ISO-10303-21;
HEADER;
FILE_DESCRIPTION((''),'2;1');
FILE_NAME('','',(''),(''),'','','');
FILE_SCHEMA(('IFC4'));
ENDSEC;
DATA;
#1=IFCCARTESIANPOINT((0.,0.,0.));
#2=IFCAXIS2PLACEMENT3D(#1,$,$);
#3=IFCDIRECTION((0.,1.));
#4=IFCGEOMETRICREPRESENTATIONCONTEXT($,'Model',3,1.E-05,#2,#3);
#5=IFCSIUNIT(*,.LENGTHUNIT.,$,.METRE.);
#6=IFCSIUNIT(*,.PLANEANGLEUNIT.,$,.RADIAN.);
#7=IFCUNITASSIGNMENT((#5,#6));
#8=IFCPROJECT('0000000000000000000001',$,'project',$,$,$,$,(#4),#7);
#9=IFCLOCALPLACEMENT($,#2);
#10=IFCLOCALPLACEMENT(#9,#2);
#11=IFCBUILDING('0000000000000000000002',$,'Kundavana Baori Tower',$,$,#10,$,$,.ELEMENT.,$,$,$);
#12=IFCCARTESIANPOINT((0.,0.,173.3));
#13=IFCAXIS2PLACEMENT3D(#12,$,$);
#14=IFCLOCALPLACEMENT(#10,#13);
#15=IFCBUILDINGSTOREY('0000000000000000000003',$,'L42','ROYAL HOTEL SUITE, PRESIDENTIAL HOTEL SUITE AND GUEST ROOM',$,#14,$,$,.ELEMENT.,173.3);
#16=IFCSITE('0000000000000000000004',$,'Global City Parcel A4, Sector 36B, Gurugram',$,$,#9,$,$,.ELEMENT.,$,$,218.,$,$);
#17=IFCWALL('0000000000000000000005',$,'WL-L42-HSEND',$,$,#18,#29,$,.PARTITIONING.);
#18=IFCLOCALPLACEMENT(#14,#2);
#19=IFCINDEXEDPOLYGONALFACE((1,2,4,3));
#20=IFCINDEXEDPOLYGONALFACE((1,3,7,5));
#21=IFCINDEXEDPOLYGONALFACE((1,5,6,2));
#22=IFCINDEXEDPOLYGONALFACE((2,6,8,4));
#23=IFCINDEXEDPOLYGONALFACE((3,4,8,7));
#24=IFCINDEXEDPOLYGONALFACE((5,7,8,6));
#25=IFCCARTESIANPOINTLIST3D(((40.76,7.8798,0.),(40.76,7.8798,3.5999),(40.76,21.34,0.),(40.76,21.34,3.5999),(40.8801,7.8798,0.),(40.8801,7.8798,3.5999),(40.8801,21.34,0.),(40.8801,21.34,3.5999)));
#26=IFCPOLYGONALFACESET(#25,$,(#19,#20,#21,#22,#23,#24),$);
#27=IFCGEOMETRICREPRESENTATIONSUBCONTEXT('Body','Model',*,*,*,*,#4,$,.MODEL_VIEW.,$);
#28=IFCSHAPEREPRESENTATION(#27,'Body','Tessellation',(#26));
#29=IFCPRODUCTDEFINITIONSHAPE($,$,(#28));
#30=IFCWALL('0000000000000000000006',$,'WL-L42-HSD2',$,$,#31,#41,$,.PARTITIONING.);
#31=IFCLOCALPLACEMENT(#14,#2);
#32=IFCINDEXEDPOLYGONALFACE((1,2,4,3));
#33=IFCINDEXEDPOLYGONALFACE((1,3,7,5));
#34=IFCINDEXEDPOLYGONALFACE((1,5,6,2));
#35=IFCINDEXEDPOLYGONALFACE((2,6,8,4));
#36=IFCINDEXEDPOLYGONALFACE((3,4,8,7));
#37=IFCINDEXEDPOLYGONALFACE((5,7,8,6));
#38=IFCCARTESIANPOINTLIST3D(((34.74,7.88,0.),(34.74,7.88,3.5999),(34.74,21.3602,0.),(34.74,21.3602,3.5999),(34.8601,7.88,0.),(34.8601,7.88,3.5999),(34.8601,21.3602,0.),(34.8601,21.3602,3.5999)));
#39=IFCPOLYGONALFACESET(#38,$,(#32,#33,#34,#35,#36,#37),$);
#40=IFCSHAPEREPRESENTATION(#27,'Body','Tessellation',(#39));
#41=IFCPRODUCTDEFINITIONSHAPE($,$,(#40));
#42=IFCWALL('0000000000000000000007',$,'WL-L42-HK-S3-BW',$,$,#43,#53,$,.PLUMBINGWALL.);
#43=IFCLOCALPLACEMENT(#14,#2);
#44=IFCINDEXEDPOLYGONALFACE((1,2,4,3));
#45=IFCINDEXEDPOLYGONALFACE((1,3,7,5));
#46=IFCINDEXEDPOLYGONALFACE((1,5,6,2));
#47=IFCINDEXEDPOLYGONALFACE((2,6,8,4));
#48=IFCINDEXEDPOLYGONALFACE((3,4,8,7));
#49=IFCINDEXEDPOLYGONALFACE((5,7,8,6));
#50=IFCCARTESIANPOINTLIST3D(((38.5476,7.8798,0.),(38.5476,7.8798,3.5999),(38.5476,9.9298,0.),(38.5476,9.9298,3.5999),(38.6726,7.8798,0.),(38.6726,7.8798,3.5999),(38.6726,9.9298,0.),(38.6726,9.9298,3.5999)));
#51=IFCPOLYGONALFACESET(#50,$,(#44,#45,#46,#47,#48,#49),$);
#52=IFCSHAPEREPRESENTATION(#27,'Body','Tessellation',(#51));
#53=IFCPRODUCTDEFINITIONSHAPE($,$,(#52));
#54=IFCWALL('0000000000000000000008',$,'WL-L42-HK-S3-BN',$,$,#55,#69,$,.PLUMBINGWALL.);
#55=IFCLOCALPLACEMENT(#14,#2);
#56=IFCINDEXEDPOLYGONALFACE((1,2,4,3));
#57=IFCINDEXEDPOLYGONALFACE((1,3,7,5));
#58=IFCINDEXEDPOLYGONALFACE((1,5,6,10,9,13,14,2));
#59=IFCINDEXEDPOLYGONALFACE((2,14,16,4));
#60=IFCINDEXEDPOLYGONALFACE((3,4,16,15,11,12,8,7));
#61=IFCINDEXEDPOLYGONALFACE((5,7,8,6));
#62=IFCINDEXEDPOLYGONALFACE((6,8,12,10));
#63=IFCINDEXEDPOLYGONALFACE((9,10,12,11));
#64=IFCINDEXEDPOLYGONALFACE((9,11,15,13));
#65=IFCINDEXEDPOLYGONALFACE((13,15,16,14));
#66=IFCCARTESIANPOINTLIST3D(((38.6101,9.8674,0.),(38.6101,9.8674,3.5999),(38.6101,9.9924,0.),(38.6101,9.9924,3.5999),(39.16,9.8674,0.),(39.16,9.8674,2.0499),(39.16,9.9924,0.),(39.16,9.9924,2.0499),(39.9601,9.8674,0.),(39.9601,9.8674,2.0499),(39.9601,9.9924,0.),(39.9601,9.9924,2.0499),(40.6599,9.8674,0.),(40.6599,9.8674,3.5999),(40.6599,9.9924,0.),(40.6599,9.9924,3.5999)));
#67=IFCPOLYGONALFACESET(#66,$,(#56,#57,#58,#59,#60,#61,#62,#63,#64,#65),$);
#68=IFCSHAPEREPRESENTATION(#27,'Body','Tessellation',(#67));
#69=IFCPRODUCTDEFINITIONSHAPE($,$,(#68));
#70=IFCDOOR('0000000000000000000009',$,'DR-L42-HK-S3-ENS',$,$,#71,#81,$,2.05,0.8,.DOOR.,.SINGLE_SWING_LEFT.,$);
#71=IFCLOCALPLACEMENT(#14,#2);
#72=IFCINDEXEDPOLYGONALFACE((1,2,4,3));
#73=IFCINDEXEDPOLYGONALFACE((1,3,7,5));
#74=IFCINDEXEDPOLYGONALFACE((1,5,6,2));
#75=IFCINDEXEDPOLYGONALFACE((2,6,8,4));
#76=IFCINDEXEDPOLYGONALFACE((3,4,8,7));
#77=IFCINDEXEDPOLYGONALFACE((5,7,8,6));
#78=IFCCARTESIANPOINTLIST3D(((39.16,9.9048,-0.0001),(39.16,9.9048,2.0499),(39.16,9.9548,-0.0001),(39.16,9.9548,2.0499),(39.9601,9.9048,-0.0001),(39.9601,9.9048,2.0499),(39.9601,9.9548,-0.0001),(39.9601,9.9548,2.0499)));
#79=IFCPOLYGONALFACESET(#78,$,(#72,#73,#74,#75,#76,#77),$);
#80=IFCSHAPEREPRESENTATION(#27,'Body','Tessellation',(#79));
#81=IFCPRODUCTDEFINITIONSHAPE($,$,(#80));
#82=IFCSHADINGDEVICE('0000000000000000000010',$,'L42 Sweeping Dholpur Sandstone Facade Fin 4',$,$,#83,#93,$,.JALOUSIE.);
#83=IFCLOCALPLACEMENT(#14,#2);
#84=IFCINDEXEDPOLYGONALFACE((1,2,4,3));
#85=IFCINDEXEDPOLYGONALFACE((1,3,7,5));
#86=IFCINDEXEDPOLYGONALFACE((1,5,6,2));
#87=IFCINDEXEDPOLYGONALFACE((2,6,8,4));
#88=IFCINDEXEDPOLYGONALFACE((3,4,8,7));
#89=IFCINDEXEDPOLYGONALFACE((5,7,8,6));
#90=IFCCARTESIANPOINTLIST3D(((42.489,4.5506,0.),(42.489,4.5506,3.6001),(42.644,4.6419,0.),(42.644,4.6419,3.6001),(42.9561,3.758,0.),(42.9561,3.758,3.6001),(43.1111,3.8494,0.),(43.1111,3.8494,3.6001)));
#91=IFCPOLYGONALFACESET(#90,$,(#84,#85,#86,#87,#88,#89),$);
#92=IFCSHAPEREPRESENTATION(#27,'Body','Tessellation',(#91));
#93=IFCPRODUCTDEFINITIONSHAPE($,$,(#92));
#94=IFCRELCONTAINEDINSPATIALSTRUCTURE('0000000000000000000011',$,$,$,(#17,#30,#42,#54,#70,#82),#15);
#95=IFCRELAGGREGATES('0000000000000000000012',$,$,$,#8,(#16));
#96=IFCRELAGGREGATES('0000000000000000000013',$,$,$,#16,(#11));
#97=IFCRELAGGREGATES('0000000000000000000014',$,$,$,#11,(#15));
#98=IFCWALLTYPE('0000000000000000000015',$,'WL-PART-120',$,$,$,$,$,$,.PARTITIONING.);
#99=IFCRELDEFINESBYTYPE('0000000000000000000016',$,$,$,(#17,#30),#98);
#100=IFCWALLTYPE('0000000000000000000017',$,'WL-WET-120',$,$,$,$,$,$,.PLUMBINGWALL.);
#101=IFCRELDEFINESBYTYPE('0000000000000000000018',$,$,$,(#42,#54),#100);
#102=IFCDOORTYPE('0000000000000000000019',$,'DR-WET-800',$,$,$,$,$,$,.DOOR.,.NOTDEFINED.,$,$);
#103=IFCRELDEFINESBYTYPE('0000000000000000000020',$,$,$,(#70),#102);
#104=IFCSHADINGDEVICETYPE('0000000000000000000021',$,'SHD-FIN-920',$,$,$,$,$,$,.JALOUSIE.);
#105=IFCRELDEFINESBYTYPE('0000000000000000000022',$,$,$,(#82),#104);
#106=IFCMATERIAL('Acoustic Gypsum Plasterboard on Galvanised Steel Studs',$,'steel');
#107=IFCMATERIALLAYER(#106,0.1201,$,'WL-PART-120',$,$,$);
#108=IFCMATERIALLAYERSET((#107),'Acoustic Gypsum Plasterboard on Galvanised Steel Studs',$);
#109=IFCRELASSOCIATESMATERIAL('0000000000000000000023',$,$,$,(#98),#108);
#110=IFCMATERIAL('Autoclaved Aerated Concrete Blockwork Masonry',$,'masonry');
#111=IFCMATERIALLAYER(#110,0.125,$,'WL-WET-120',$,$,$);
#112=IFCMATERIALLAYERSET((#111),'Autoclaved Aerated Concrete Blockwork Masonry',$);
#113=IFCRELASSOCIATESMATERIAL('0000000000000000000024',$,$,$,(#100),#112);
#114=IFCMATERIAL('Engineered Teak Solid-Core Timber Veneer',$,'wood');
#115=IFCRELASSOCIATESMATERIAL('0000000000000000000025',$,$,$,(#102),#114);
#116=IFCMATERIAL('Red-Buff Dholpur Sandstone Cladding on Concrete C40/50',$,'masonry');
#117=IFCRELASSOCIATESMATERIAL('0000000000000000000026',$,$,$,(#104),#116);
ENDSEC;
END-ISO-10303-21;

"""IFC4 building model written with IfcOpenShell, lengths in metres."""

from ifc_helpers import new_model, si_unit, direction, frame, frame_2d, origin, origin_2d, place, context, subcontext, project, spatial, rectangle, extrude, material, layer, layer_set, type_object, element, fill, save


model = new_model("IFC4")

# Units and contexts
model_context = context("Model", 3, precision=1e-05, world=origin(), true_north=direction((0.0, 1.0)))
body_context = subcontext(model_context, "Body", "Model", "MODEL_VIEW")
ifc_project = project(units=[si_unit("LENGTHUNIT", "METRE"), si_unit("PLANEANGLEUNIT", "RADIAN")], contexts=[model_context])

# Site, building, storey
site_placement = place(None, origin())
site = spatial("IfcSite", under=ifc_project, at=site_placement, Name="Global City Parcel A4, Sector 36B, Gurugram", CompositionType="ELEMENT", RefElevation=218.0)
building_placement = place(site_placement, origin())
building = spatial("IfcBuilding", under=site, at=building_placement, Name="Kundavana Baori Tower", CompositionType="ELEMENT")
storey_placement = place(building_placement, frame((0.0, 0.0, 173.3)))
storey = spatial("IfcBuildingStorey", under=building, at=storey_placement, Name="L42", Description="ROYAL HOTEL SUITE, PRESIDENTIAL HOTEL SUITE AND GUEST ROOM", CompositionType="ELEMENT", Elevation=173.3)

# Walls
ifc_material_1 = material(Name="Acoustic Gypsum Plasterboard on Galvanised Steel Studs", Category="steel")
ifc_layer_1 = layer(ifc_material_1, 0.1201, Name="WL-PART-120")
ifc_layer_set_1 = layer_set([ifc_layer_1], Name="Acoustic Gypsum Plasterboard on Galvanised Steel Studs")
wall_type_1 = type_object("IfcWallType", Name="WL-PART-120", PredefinedType="PARTITIONING", material=ifc_layer_set_1)
wall_1_placement = place(storey_placement, frame((40.8201, 7.8799, 0.0), z_axis=(0.0, 0.0, 1.0), x_axis=(0.0, 1.0, 0.0)))
element("IfcWall", 1, at=wall_1_placement, inside=storey, type_object=wall_type_1, Name="WL-L42-HSEND", PredefinedType="PARTITIONING", context=body_context, shape_type="SweptSolid", body=[
    extrude(rectangle(XDim=13.4602, YDim=0.1201, at=frame_2d((6.73, 0.0))), origin(), (0.0, 0.0, 1.0), 3.5999),
])
wall_2_placement = place(storey_placement, frame((34.8, 7.8799, 0.0), z_axis=(0.0, 0.0, 1.0), x_axis=(0.0, 1.0, 0.0)))
element("IfcWall", 2, at=wall_2_placement, inside=storey, type_object=wall_type_1, Name="WL-L42-HSD2", PredefinedType="PARTITIONING", context=body_context, shape_type="SweptSolid", body=[
    extrude(rectangle(XDim=13.4802, YDim=0.1201, at=frame_2d((6.7402, 0.0))), origin(), (0.0, 0.0, 1.0), 3.5999),
])
ifc_material_2 = material(Name="Autoclaved Aerated Concrete Blockwork Masonry", Category="masonry")
ifc_layer_2 = layer(ifc_material_2, 0.125, Name="WL-WET-120")
ifc_layer_set_2 = layer_set([ifc_layer_2], Name="Autoclaved Aerated Concrete Blockwork Masonry")
wall_type_2 = type_object("IfcWallType", Name="WL-WET-120", PredefinedType="PLUMBINGWALL", material=ifc_layer_set_2)
wall_3_placement = place(storey_placement, frame((38.6101, 7.8799, 0.0), z_axis=(0.0, 0.0, 1.0), x_axis=(0.0, 1.0, 0.0)))
element("IfcWall", 3, at=wall_3_placement, inside=storey, type_object=wall_type_2, Name="WL-L42-HK-S3-BW", PredefinedType="PLUMBINGWALL", context=body_context, shape_type="SweptSolid", body=[
    extrude(rectangle(XDim=2.05, YDim=0.125, at=frame_2d((1.0249, 0.0))), origin(), (0.0, 0.0, 1.0), 3.5999),
])

# Wall, opening, door
wall_4_placement = place(storey_placement, frame((38.6101, 9.9299, 0.0), z_axis=(0.0, 0.0, 1.0), x_axis=(1.0, 0.0, 0.0)))
wall_4 = element("IfcWall", 4, at=wall_4_placement, inside=storey, type_object=wall_type_2, Name="WL-L42-HK-S3-BN", PredefinedType="PLUMBINGWALL", context=body_context, shape_type="SweptSolid", body=[
    extrude(rectangle(XDim=2.0498, YDim=0.125, at=frame_2d((1.0249, 0.0))), origin(), (0.0, 0.0, 1.0), 3.5999),
])
opening_1_placement = place(wall_4_placement, frame((0.55, 0.0, 0.0)))
opening_1 = element("IfcOpeningElement", 5, at=opening_1_placement, cuts=wall_4, PredefinedType="OPENING", context=body_context, shape_type="SweptSolid", body=[
    extrude(rectangle(XDim=0.8, YDim=2.05, at=frame_2d((0.3999, 1.0249))), frame((0.0, 0.0725, 0.0), z_axis=(0.0, -1.0, 0.0), x_axis=(1.0, 0.0, 0.0)), (0.0, 0.0, 1.0), 0.145),
])
ifc_material_3 = material(Name="Engineered Teak Solid-Core Timber Veneer", Category="wood")
door_type_1 = type_object("IfcDoorType", Name="DR-WET-800", OperationType="NOTDEFINED", PredefinedType="DOOR", material=ifc_material_3)
door_1_placement = place(opening_1_placement, origin())
door_1 = element("IfcDoor", 6, at=door_1_placement, inside=storey, type_object=door_type_1, Name="DR-L42-HK-S3-ENS", OperationType="SINGLE_SWING_LEFT", OverallHeight=2.05, OverallWidth=0.8, PredefinedType="DOOR", context=body_context, shape_type="SweptSolid", body=[
    extrude(rectangle(XDim=0.8, YDim=2.05, at=frame_2d((0.3999, 1.0249))), frame((0.0, 0.0249, 0.0), z_axis=(0.0, -1.0, 0.0), x_axis=(1.0, 0.0, 0.0)), (0.0, 0.0, 1.0), 0.05),
])
fill(opening_1, door_1)

# Shading device
ifc_material_4 = material(Name="Red-Buff Dholpur Sandstone Cladding on Concrete C40/50", Category="masonry")
shading_device_type = type_object("IfcShadingDeviceType", Name="SHD-FIN-920", PredefinedType="JALOUSIE", material=ifc_material_4)
shading_device_placement = place(storey_placement, frame((42.8, 4.2, 0.0), z_axis=(0.0, 0.0, 1.0), x_axis=(0.861541, 0.507689, 0.0)))
element("IfcShadingDevice", 7, at=shading_device_placement, inside=storey, type_object=shading_device_type, Name="L42 Sweeping Dholpur Sandstone Facade Fin 4", PredefinedType="JALOUSIE", context=body_context, shape_type="SweptSolid", body=[
    extrude(rectangle(XDim=0.1799, YDim=0.9199, at=origin_2d()), origin(), (0.0, 0.0, 1.0), 3.6001),
])

save(model, "model.ifc")
